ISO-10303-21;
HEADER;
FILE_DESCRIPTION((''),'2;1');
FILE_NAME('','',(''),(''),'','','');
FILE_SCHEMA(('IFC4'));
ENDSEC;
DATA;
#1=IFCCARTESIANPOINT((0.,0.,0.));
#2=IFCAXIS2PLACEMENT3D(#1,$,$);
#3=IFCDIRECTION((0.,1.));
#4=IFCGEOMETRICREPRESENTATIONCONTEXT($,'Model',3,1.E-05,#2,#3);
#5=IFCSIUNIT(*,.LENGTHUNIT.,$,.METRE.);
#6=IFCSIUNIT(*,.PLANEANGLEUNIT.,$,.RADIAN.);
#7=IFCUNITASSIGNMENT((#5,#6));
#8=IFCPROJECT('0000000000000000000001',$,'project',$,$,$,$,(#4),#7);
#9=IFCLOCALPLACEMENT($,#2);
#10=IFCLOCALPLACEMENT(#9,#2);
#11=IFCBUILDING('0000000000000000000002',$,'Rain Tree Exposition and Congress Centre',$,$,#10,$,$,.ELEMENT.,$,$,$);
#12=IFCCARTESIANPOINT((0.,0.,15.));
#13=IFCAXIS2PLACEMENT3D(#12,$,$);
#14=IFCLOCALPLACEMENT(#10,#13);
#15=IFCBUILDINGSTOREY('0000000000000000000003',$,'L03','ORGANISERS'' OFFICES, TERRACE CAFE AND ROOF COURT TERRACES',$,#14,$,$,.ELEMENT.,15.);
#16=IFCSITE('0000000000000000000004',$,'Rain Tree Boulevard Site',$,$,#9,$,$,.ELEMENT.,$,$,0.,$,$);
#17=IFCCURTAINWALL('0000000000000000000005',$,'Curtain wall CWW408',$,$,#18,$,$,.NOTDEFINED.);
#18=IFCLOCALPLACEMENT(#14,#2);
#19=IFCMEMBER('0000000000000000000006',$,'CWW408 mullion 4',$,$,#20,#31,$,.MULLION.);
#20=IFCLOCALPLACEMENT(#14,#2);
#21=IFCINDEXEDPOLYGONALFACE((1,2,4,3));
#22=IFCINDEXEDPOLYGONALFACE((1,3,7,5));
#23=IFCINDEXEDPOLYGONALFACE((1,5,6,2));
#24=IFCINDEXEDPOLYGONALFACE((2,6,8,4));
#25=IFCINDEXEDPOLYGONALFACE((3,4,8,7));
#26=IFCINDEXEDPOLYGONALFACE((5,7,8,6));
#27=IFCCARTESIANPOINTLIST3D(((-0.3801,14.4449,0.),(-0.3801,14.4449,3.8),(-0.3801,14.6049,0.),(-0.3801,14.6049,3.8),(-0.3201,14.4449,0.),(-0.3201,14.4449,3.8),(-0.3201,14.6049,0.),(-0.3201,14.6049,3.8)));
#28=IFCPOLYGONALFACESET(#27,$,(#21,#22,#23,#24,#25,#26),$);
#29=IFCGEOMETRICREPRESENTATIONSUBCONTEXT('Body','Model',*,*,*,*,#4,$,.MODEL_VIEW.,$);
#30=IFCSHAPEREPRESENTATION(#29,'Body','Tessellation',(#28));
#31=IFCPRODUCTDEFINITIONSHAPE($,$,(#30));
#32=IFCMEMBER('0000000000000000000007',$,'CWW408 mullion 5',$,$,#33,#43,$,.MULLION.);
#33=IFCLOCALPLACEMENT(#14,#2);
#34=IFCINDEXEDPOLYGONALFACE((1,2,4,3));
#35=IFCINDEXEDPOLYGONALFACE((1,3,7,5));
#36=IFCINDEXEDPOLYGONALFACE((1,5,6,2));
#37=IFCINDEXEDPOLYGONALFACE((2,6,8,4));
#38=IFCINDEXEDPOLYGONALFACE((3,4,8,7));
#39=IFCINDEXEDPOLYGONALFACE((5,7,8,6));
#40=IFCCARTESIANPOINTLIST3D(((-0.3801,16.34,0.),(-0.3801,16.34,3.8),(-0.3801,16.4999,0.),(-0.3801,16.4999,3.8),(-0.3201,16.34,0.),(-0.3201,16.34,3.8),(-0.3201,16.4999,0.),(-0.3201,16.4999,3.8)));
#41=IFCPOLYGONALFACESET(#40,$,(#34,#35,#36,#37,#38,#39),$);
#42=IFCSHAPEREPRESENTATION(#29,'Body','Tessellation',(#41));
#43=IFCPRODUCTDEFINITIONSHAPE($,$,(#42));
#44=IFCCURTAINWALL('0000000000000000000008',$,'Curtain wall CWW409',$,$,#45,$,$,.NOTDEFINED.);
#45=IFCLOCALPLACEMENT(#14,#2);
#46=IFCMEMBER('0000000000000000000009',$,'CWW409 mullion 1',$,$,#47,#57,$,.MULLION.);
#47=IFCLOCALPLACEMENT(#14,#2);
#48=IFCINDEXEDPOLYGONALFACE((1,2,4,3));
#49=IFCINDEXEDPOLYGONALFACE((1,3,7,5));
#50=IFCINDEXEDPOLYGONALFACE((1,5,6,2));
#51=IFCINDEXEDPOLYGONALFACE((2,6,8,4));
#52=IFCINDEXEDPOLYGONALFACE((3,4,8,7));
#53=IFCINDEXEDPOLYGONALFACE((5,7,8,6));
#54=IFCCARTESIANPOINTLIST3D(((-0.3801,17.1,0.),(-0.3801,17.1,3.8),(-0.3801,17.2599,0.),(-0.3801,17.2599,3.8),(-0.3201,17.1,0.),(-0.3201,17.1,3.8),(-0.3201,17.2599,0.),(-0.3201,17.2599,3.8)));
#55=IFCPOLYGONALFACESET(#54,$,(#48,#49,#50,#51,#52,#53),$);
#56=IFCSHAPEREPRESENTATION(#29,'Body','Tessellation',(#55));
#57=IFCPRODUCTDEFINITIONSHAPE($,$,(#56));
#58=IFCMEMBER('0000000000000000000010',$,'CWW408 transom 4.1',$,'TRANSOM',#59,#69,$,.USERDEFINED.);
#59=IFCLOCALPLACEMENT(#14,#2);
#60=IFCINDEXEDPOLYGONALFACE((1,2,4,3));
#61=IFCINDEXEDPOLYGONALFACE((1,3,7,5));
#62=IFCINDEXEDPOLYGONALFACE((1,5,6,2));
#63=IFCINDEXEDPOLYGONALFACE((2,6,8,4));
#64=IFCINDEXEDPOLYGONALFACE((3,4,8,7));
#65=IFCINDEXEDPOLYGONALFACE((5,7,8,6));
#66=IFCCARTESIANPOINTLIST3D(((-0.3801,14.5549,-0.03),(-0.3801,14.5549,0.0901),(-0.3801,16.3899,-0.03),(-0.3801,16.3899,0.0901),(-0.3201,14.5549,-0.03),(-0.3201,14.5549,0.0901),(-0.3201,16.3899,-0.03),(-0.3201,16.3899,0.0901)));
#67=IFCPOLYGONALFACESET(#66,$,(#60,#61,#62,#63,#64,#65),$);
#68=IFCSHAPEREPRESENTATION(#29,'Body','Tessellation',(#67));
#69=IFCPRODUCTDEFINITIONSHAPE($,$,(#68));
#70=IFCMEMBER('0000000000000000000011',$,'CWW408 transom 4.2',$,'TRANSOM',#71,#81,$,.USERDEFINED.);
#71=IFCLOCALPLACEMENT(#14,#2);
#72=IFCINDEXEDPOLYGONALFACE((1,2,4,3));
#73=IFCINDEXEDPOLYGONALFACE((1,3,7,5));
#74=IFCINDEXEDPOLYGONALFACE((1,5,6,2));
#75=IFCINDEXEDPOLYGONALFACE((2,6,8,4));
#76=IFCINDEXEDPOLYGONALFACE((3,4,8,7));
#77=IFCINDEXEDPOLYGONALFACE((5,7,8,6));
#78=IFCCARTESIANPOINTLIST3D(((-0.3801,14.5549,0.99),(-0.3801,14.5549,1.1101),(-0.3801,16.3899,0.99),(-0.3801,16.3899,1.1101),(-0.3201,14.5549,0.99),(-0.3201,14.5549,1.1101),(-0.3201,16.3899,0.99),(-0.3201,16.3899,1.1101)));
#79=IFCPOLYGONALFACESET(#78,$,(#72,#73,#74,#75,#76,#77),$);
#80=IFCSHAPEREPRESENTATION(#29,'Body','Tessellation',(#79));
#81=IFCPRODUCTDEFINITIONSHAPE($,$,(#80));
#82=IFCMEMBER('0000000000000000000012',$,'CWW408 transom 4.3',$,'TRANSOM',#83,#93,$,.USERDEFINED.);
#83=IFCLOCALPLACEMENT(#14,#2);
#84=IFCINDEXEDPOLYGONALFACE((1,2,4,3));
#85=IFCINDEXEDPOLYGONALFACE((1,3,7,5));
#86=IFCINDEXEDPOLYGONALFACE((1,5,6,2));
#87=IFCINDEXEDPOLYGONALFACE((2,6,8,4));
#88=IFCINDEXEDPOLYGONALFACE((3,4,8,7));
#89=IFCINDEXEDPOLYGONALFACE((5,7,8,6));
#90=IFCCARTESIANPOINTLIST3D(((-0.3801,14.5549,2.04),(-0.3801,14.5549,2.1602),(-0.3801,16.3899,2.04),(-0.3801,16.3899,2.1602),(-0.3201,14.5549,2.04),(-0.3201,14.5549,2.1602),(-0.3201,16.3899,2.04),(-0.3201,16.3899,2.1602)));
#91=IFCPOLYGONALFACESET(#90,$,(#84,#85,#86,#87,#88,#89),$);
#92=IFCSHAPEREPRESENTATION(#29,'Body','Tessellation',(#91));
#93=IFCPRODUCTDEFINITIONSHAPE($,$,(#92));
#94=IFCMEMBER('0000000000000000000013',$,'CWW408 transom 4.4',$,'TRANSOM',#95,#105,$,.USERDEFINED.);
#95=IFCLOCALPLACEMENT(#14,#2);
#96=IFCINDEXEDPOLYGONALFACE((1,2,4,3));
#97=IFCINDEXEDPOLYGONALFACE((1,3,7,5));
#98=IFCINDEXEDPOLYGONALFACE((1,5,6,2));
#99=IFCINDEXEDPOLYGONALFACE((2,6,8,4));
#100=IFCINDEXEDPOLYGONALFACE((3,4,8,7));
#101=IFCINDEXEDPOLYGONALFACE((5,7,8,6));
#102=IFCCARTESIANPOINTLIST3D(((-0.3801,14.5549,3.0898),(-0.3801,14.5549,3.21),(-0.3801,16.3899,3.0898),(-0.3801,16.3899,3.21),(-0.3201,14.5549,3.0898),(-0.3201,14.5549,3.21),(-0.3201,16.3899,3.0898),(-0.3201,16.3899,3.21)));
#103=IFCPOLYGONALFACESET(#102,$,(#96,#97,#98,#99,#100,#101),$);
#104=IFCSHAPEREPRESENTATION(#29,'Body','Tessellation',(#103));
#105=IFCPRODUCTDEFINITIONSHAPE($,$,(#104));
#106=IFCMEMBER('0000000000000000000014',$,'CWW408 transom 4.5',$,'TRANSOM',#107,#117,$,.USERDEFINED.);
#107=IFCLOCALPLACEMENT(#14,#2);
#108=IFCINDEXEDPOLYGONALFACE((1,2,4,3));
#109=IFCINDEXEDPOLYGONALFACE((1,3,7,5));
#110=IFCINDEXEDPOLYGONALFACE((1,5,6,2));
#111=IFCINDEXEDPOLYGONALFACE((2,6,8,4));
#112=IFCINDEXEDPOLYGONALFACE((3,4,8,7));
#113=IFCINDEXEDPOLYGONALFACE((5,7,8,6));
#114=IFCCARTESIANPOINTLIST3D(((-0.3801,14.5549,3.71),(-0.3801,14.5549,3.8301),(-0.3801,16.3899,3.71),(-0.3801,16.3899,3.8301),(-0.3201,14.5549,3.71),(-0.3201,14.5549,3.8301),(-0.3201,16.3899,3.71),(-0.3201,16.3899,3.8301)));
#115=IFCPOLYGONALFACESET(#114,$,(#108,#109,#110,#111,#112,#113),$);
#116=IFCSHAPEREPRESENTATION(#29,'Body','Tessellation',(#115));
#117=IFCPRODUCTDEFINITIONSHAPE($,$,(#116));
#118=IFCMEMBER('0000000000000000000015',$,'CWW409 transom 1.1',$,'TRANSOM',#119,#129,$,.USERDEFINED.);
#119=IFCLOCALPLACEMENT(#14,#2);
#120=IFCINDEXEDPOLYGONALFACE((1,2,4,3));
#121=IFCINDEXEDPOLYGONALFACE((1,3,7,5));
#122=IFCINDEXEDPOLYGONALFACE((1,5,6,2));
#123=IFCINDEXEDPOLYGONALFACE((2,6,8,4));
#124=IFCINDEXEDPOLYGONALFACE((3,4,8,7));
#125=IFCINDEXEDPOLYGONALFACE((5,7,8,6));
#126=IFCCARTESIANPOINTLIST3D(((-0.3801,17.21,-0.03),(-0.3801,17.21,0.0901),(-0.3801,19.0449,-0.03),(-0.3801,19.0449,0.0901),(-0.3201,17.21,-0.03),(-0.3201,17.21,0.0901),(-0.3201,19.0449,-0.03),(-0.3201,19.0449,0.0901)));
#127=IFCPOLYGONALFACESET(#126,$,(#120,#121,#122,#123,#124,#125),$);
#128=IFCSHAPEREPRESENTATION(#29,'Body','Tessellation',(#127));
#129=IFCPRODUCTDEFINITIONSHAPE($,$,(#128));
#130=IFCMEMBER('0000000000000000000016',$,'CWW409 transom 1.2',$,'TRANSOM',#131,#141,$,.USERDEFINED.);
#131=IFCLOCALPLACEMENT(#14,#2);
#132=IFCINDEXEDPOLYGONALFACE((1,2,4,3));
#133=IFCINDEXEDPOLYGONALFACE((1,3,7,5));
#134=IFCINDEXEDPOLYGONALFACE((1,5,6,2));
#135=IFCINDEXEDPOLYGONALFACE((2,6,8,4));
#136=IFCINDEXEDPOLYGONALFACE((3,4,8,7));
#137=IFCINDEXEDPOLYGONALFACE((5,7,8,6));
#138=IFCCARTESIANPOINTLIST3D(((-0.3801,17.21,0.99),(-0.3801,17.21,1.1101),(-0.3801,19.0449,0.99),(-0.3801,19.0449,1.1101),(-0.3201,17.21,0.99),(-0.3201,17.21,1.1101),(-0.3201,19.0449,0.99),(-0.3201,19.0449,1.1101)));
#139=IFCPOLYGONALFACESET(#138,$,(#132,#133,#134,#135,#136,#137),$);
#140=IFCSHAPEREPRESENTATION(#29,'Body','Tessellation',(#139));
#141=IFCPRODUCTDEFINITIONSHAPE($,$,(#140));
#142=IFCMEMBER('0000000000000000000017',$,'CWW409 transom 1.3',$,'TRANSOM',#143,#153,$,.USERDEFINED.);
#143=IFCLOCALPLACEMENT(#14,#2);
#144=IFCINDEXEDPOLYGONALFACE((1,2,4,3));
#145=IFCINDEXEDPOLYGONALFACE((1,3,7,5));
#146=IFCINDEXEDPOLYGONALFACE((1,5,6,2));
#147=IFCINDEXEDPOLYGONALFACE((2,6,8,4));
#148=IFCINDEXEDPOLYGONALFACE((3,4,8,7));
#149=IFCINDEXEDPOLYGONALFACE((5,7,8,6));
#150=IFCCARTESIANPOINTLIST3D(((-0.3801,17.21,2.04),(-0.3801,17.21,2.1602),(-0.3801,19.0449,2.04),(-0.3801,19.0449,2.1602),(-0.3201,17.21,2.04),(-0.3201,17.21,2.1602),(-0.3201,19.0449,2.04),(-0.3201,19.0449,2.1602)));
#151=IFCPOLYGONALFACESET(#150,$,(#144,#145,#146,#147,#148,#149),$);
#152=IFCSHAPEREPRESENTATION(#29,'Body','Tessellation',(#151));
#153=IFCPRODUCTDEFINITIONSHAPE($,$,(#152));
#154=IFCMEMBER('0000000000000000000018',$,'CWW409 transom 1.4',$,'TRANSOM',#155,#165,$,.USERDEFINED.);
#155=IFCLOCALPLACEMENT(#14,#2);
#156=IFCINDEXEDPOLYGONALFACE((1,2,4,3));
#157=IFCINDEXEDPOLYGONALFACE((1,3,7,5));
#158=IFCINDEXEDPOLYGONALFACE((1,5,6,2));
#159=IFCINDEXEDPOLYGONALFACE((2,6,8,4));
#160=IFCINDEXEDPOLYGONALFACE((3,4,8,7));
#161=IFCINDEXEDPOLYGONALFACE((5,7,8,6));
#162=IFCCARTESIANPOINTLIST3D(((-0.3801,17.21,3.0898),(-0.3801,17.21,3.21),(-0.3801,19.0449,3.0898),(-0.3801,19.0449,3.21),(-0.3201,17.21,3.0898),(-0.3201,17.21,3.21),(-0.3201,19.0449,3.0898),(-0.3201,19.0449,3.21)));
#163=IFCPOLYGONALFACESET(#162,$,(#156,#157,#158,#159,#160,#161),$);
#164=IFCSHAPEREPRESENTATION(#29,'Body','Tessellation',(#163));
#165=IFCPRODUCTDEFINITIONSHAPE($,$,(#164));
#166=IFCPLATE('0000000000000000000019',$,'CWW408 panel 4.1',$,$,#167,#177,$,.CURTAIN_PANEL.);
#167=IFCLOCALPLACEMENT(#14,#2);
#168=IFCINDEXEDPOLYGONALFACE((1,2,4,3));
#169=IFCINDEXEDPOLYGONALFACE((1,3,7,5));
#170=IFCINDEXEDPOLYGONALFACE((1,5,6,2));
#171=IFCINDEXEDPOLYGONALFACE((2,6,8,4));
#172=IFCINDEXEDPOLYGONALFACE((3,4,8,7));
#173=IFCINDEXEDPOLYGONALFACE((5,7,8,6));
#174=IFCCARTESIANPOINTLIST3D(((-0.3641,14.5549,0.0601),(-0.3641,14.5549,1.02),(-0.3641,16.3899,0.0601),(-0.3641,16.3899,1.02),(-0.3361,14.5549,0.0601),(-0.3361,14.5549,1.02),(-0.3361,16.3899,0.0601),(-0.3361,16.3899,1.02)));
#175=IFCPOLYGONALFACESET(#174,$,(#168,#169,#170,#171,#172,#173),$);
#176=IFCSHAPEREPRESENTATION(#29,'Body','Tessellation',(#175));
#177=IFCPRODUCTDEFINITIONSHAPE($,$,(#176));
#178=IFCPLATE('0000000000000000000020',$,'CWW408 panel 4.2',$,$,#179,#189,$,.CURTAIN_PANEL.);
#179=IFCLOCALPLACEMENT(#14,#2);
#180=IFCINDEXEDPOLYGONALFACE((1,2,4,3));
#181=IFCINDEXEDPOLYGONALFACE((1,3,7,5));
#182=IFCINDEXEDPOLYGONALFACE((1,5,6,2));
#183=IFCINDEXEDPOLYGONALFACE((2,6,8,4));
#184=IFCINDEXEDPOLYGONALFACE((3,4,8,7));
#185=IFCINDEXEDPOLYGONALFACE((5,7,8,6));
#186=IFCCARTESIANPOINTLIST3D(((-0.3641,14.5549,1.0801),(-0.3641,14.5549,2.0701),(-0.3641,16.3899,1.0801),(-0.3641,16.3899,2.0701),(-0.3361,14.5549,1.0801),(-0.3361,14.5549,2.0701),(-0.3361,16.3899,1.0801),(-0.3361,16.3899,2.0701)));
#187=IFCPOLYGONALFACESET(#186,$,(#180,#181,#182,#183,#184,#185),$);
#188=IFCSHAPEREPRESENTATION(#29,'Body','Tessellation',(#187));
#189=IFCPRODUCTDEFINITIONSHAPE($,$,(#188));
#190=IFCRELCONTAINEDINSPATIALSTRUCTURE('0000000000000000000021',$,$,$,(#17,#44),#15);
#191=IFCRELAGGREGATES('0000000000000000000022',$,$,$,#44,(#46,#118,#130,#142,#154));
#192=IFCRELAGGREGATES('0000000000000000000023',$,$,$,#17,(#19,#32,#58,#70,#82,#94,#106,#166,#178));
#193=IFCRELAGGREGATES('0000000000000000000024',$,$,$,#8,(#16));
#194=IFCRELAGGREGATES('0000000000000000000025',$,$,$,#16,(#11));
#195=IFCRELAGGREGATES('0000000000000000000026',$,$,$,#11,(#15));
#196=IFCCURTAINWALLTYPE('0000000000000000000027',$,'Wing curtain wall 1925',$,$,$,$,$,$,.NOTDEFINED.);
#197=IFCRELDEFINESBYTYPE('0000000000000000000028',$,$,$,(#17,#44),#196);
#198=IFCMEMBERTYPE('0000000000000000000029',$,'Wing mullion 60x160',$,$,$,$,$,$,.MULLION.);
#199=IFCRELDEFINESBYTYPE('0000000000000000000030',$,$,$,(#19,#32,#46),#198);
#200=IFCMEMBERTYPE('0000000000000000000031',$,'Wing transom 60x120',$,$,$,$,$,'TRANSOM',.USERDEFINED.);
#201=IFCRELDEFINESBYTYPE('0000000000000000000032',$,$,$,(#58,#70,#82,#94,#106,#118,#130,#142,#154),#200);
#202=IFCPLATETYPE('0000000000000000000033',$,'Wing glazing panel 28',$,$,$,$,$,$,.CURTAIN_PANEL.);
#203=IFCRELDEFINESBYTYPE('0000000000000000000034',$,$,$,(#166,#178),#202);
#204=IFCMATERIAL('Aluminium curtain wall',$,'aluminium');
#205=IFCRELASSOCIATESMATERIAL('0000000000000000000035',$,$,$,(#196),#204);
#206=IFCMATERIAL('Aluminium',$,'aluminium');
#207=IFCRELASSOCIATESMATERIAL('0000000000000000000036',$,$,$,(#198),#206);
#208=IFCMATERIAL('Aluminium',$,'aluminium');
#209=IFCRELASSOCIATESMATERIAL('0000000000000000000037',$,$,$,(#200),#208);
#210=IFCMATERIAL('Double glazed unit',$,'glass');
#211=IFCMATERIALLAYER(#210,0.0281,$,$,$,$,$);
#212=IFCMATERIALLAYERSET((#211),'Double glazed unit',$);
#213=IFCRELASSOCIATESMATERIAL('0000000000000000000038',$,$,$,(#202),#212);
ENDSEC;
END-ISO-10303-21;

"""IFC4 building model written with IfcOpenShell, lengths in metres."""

from ifc_helpers import new_model, si_unit, direction, frame, origin, origin_2d, place, context, subcontext, project, spatial, rectangle, extrude, material, layer, layer_set, material_profile, profile_set, type_object, element, aggregate, save


model = new_model("IFC4")

# Units and contexts
model_context = context("Model", 3, precision=1e-05, world=origin(), true_north=direction((0.0, 1.0)))
body_context = subcontext(model_context, "Body", "Model", "MODEL_VIEW")
ifc_project = project(units=[si_unit("LENGTHUNIT", "METRE"), si_unit("PLANEANGLEUNIT", "RADIAN")], contexts=[model_context])

# Site, building, storey
site_placement = place(None, origin())
site = spatial("IfcSite", under=ifc_project, at=site_placement, Name="Rain Tree Boulevard Site", CompositionType="ELEMENT", RefElevation=0.0)
building_placement = place(site_placement, origin())
building = spatial("IfcBuilding", under=site, at=building_placement, Name="Rain Tree Exposition and Congress Centre", CompositionType="ELEMENT")
storey_placement = place(building_placement, frame((0.0, 0.0, 15.0)))
storey = spatial("IfcBuildingStorey", under=building, at=storey_placement, Name="L03", Description="ORGANISERS' OFFICES, TERRACE CAFE AND ROOF COURT TERRACES", CompositionType="ELEMENT", Elevation=15.0)

# Curtain wall, members
ifc_material_1 = material(Name="Aluminium curtain wall", Category="aluminium")
curtain_wall_type = type_object("IfcCurtainWallType", Name="Wing curtain wall 1925", PredefinedType="NOTDEFINED", material=ifc_material_1)
curtain_wall_1_placement = place(storey_placement, origin())
curtain_wall_1 = element("IfcCurtainWall", 1, at=curtain_wall_1_placement, inside=storey, type_object=curtain_wall_type, Name="Curtain wall CWW408", PredefinedType="NOTDEFINED")
ifc_material_2 = material(Name="Aluminium", Category="aluminium")
ifc_material_profile_1 = material_profile(ifc_material_2, rectangle(XDim=0.0601, YDim=0.1599, at=origin_2d()), Name="Aluminium 60x160")
ifc_profile_set_1 = profile_set([ifc_material_profile_1], Name="Aluminium")
member_type_1 = type_object("IfcMemberType", Name="Wing mullion 60x160", PredefinedType="MULLION", material=ifc_profile_set_1)
member_1_placement = place(storey_placement, frame((-0.3501, 14.5249, 0.0), z_axis=(0.0, 0.0, 1.0), x_axis=(-1.0, 0.0, 0.0)))
member_1 = element("IfcMember", 2, at=member_1_placement, type_object=member_type_1, Name="CWW408 mullion 4", PredefinedType="MULLION", context=body_context, shape_type="SweptSolid", body=[
    extrude(rectangle(XDim=0.0601, YDim=0.1599, at=origin_2d()), origin(), (0.0, 0.0, 1.0), 3.8),
])
member_2_placement = place(storey_placement, frame((-0.3501, 16.4199, 0.0), z_axis=(0.0, 0.0, 1.0), x_axis=(-1.0, 0.0, 0.0)))
member_2 = element("IfcMember", 3, at=member_2_placement, type_object=member_type_1, Name="CWW408 mullion 5", PredefinedType="MULLION", context=body_context, shape_type="SweptSolid", body=[
    extrude(rectangle(XDim=0.0601, YDim=0.1599, at=origin_2d()), origin(), (0.0, 0.0, 1.0), 3.8),
])

# Curtain wall, member
curtain_wall_2_placement = place(storey_placement, origin())
curtain_wall_2 = element("IfcCurtainWall", 4, at=curtain_wall_2_placement, inside=storey, type_object=curtain_wall_type, Name="Curtain wall CWW409", PredefinedType="NOTDEFINED")
member_3_placement = place(storey_placement, frame((-0.3501, 17.1799, 0.0), z_axis=(0.0, 0.0, 1.0), x_axis=(-1.0, 0.0, 0.0)))
member_3 = element("IfcMember", 5, at=member_3_placement, type_object=member_type_1, Name="CWW409 mullion 1", PredefinedType="MULLION", context=body_context, shape_type="SweptSolid", body=[
    extrude(rectangle(XDim=0.0601, YDim=0.1599, at=origin_2d()), origin(), (0.0, 0.0, 1.0), 3.8),
])

# Members
ifc_material_3 = material(Name="Aluminium", Category="aluminium")
ifc_material_profile_2 = material_profile(ifc_material_3, rectangle(XDim=0.0601, YDim=0.1201, at=origin_2d()), Name="Aluminium 60x120")
ifc_profile_set_2 = profile_set([ifc_material_profile_2], Name="Aluminium")
member_type_2 = type_object("IfcMemberType", Name="Wing transom 60x120", ElementType="TRANSOM", PredefinedType="USERDEFINED", material=ifc_profile_set_2)
member_4_placement = place(storey_placement, frame((-0.3501, 14.5549, 0.03), z_axis=(0.0, 1.0, 0.0), x_axis=(-1.0, 0.0, 0.0)))
member_4 = element("IfcMember", 6, at=member_4_placement, type_object=member_type_2, Name="CWW408 transom 4.1", ObjectType="TRANSOM", PredefinedType="USERDEFINED", context=body_context, shape_type="SweptSolid", body=[
    extrude(rectangle(XDim=0.0601, YDim=0.1201, at=origin_2d()), origin(), (0.0, 0.0, 1.0), 1.835),
])
member_5_placement = place(storey_placement, frame((-0.3501, 14.5549, 1.05), z_axis=(0.0, 1.0, 0.0), x_axis=(-1.0, 0.0, 0.0)))
member_5 = element("IfcMember", 7, at=member_5_placement, type_object=member_type_2, Name="CWW408 transom 4.2", ObjectType="TRANSOM", PredefinedType="USERDEFINED", context=body_context, shape_type="SweptSolid", body=[
    extrude(rectangle(XDim=0.0601, YDim=0.1201, at=origin_2d()), origin(), (0.0, 0.0, 1.0), 1.835),
])
member_6_placement = place(storey_placement, frame((-0.3501, 14.5549, 2.1001), z_axis=(0.0, 1.0, 0.0), x_axis=(-1.0, 0.0, 0.0)))
member_6 = element("IfcMember", 8, at=member_6_placement, type_object=member_type_2, Name="CWW408 transom 4.3", ObjectType="TRANSOM", PredefinedType="USERDEFINED", context=body_context, shape_type="SweptSolid", body=[
    extrude(rectangle(XDim=0.0601, YDim=0.1201, at=origin_2d()), origin(), (0.0, 0.0, 1.0), 1.835),
])
member_7_placement = place(storey_placement, frame((-0.3501, 14.5549, 3.1499), z_axis=(0.0, 1.0, 0.0), x_axis=(-1.0, 0.0, 0.0)))
member_7 = element("IfcMember", 9, at=member_7_placement, type_object=member_type_2, Name="CWW408 transom 4.4", ObjectType="TRANSOM", PredefinedType="USERDEFINED", context=body_context, shape_type="SweptSolid", body=[
    extrude(rectangle(XDim=0.0601, YDim=0.1201, at=origin_2d()), origin(), (0.0, 0.0, 1.0), 1.835),
])
member_8_placement = place(storey_placement, frame((-0.3501, 14.5549, 3.77), z_axis=(0.0, 1.0, 0.0), x_axis=(-1.0, 0.0, 0.0)))
member_8 = element("IfcMember", 10, at=member_8_placement, type_object=member_type_2, Name="CWW408 transom 4.5", ObjectType="TRANSOM", PredefinedType="USERDEFINED", context=body_context, shape_type="SweptSolid", body=[
    extrude(rectangle(XDim=0.0601, YDim=0.1201, at=origin_2d()), origin(), (0.0, 0.0, 1.0), 1.835),
])
member_9_placement = place(storey_placement, frame((-0.3501, 17.21, 0.03), z_axis=(0.0, 1.0, 0.0), x_axis=(-1.0, 0.0, 0.0)))
member_9 = element("IfcMember", 11, at=member_9_placement, type_object=member_type_2, Name="CWW409 transom 1.1", ObjectType="TRANSOM", PredefinedType="USERDEFINED", context=body_context, shape_type="SweptSolid", body=[
    extrude(rectangle(XDim=0.0601, YDim=0.1201, at=origin_2d()), origin(), (0.0, 0.0, 1.0), 1.835),
])
member_10_placement = place(storey_placement, frame((-0.3501, 17.21, 1.05), z_axis=(0.0, 1.0, 0.0), x_axis=(-1.0, 0.0, 0.0)))
member_10 = element("IfcMember", 12, at=member_10_placement, type_object=member_type_2, Name="CWW409 transom 1.2", ObjectType="TRANSOM", PredefinedType="USERDEFINED", context=body_context, shape_type="SweptSolid", body=[
    extrude(rectangle(XDim=0.0601, YDim=0.1201, at=origin_2d()), origin(), (0.0, 0.0, 1.0), 1.835),
])
member_11_placement = place(storey_placement, frame((-0.3501, 17.21, 2.1001), z_axis=(0.0, 1.0, 0.0), x_axis=(-1.0, 0.0, 0.0)))
member_11 = element("IfcMember", 13, at=member_11_placement, type_object=member_type_2, Name="CWW409 transom 1.3", ObjectType="TRANSOM", PredefinedType="USERDEFINED", context=body_context, shape_type="SweptSolid", body=[
    extrude(rectangle(XDim=0.0601, YDim=0.1201, at=origin_2d()), origin(), (0.0, 0.0, 1.0), 1.835),
])
member_12_placement = place(storey_placement, frame((-0.3501, 17.21, 3.1499), z_axis=(0.0, 1.0, 0.0), x_axis=(-1.0, 0.0, 0.0)))
member_12 = element("IfcMember", 14, at=member_12_placement, type_object=member_type_2, Name="CWW409 transom 1.4", ObjectType="TRANSOM", PredefinedType="USERDEFINED", context=body_context, shape_type="SweptSolid", body=[
    extrude(rectangle(XDim=0.0601, YDim=0.1201, at=origin_2d()), origin(), (0.0, 0.0, 1.0), 1.835),
])
aggregate(curtain_wall_2, [member_3, member_9, member_10, member_11, member_12])

# Plates
ifc_material_4 = material(Name="Double glazed unit", Category="glass")
ifc_layer_1 = layer(ifc_material_4, 0.0281)
ifc_layer_set_1 = layer_set([ifc_layer_1], Name="Double glazed unit")
plate_type = type_object("IfcPlateType", Name="Wing glazing panel 28", PredefinedType="CURTAIN_PANEL", material=ifc_layer_set_1)
plate_1_placement = place(storey_placement, frame((-0.3501, 15.4724, 0.0601), z_axis=(0.0, 0.0, 1.0), x_axis=(0.0, 1.0, 0.0)))
plate_1 = element("IfcPlate", 15, at=plate_1_placement, type_object=plate_type, Name="CWW408 panel 4.1", PredefinedType="CURTAIN_PANEL", context=body_context, shape_type="SweptSolid", body=[
    extrude(rectangle(XDim=1.835, YDim=0.0281, at=origin_2d()), origin(), (0.0, 0.0, 1.0), 0.96),
])
plate_2_placement = place(storey_placement, frame((-0.3501, 15.4724, 1.0801), z_axis=(0.0, 0.0, 1.0), x_axis=(0.0, 1.0, 0.0)))
plate_2 = element("IfcPlate", 16, at=plate_2_placement, type_object=plate_type, Name="CWW408 panel 4.2", PredefinedType="CURTAIN_PANEL", context=body_context, shape_type="SweptSolid", body=[
    extrude(rectangle(XDim=1.835, YDim=0.0281, at=origin_2d()), origin(), (0.0, 0.0, 1.0), 0.99),
])
aggregate(curtain_wall_1, [member_1, member_2, member_4, member_5, member_6, member_7, member_8, plate_1, plate_2])

save(model, "model.ifc")
